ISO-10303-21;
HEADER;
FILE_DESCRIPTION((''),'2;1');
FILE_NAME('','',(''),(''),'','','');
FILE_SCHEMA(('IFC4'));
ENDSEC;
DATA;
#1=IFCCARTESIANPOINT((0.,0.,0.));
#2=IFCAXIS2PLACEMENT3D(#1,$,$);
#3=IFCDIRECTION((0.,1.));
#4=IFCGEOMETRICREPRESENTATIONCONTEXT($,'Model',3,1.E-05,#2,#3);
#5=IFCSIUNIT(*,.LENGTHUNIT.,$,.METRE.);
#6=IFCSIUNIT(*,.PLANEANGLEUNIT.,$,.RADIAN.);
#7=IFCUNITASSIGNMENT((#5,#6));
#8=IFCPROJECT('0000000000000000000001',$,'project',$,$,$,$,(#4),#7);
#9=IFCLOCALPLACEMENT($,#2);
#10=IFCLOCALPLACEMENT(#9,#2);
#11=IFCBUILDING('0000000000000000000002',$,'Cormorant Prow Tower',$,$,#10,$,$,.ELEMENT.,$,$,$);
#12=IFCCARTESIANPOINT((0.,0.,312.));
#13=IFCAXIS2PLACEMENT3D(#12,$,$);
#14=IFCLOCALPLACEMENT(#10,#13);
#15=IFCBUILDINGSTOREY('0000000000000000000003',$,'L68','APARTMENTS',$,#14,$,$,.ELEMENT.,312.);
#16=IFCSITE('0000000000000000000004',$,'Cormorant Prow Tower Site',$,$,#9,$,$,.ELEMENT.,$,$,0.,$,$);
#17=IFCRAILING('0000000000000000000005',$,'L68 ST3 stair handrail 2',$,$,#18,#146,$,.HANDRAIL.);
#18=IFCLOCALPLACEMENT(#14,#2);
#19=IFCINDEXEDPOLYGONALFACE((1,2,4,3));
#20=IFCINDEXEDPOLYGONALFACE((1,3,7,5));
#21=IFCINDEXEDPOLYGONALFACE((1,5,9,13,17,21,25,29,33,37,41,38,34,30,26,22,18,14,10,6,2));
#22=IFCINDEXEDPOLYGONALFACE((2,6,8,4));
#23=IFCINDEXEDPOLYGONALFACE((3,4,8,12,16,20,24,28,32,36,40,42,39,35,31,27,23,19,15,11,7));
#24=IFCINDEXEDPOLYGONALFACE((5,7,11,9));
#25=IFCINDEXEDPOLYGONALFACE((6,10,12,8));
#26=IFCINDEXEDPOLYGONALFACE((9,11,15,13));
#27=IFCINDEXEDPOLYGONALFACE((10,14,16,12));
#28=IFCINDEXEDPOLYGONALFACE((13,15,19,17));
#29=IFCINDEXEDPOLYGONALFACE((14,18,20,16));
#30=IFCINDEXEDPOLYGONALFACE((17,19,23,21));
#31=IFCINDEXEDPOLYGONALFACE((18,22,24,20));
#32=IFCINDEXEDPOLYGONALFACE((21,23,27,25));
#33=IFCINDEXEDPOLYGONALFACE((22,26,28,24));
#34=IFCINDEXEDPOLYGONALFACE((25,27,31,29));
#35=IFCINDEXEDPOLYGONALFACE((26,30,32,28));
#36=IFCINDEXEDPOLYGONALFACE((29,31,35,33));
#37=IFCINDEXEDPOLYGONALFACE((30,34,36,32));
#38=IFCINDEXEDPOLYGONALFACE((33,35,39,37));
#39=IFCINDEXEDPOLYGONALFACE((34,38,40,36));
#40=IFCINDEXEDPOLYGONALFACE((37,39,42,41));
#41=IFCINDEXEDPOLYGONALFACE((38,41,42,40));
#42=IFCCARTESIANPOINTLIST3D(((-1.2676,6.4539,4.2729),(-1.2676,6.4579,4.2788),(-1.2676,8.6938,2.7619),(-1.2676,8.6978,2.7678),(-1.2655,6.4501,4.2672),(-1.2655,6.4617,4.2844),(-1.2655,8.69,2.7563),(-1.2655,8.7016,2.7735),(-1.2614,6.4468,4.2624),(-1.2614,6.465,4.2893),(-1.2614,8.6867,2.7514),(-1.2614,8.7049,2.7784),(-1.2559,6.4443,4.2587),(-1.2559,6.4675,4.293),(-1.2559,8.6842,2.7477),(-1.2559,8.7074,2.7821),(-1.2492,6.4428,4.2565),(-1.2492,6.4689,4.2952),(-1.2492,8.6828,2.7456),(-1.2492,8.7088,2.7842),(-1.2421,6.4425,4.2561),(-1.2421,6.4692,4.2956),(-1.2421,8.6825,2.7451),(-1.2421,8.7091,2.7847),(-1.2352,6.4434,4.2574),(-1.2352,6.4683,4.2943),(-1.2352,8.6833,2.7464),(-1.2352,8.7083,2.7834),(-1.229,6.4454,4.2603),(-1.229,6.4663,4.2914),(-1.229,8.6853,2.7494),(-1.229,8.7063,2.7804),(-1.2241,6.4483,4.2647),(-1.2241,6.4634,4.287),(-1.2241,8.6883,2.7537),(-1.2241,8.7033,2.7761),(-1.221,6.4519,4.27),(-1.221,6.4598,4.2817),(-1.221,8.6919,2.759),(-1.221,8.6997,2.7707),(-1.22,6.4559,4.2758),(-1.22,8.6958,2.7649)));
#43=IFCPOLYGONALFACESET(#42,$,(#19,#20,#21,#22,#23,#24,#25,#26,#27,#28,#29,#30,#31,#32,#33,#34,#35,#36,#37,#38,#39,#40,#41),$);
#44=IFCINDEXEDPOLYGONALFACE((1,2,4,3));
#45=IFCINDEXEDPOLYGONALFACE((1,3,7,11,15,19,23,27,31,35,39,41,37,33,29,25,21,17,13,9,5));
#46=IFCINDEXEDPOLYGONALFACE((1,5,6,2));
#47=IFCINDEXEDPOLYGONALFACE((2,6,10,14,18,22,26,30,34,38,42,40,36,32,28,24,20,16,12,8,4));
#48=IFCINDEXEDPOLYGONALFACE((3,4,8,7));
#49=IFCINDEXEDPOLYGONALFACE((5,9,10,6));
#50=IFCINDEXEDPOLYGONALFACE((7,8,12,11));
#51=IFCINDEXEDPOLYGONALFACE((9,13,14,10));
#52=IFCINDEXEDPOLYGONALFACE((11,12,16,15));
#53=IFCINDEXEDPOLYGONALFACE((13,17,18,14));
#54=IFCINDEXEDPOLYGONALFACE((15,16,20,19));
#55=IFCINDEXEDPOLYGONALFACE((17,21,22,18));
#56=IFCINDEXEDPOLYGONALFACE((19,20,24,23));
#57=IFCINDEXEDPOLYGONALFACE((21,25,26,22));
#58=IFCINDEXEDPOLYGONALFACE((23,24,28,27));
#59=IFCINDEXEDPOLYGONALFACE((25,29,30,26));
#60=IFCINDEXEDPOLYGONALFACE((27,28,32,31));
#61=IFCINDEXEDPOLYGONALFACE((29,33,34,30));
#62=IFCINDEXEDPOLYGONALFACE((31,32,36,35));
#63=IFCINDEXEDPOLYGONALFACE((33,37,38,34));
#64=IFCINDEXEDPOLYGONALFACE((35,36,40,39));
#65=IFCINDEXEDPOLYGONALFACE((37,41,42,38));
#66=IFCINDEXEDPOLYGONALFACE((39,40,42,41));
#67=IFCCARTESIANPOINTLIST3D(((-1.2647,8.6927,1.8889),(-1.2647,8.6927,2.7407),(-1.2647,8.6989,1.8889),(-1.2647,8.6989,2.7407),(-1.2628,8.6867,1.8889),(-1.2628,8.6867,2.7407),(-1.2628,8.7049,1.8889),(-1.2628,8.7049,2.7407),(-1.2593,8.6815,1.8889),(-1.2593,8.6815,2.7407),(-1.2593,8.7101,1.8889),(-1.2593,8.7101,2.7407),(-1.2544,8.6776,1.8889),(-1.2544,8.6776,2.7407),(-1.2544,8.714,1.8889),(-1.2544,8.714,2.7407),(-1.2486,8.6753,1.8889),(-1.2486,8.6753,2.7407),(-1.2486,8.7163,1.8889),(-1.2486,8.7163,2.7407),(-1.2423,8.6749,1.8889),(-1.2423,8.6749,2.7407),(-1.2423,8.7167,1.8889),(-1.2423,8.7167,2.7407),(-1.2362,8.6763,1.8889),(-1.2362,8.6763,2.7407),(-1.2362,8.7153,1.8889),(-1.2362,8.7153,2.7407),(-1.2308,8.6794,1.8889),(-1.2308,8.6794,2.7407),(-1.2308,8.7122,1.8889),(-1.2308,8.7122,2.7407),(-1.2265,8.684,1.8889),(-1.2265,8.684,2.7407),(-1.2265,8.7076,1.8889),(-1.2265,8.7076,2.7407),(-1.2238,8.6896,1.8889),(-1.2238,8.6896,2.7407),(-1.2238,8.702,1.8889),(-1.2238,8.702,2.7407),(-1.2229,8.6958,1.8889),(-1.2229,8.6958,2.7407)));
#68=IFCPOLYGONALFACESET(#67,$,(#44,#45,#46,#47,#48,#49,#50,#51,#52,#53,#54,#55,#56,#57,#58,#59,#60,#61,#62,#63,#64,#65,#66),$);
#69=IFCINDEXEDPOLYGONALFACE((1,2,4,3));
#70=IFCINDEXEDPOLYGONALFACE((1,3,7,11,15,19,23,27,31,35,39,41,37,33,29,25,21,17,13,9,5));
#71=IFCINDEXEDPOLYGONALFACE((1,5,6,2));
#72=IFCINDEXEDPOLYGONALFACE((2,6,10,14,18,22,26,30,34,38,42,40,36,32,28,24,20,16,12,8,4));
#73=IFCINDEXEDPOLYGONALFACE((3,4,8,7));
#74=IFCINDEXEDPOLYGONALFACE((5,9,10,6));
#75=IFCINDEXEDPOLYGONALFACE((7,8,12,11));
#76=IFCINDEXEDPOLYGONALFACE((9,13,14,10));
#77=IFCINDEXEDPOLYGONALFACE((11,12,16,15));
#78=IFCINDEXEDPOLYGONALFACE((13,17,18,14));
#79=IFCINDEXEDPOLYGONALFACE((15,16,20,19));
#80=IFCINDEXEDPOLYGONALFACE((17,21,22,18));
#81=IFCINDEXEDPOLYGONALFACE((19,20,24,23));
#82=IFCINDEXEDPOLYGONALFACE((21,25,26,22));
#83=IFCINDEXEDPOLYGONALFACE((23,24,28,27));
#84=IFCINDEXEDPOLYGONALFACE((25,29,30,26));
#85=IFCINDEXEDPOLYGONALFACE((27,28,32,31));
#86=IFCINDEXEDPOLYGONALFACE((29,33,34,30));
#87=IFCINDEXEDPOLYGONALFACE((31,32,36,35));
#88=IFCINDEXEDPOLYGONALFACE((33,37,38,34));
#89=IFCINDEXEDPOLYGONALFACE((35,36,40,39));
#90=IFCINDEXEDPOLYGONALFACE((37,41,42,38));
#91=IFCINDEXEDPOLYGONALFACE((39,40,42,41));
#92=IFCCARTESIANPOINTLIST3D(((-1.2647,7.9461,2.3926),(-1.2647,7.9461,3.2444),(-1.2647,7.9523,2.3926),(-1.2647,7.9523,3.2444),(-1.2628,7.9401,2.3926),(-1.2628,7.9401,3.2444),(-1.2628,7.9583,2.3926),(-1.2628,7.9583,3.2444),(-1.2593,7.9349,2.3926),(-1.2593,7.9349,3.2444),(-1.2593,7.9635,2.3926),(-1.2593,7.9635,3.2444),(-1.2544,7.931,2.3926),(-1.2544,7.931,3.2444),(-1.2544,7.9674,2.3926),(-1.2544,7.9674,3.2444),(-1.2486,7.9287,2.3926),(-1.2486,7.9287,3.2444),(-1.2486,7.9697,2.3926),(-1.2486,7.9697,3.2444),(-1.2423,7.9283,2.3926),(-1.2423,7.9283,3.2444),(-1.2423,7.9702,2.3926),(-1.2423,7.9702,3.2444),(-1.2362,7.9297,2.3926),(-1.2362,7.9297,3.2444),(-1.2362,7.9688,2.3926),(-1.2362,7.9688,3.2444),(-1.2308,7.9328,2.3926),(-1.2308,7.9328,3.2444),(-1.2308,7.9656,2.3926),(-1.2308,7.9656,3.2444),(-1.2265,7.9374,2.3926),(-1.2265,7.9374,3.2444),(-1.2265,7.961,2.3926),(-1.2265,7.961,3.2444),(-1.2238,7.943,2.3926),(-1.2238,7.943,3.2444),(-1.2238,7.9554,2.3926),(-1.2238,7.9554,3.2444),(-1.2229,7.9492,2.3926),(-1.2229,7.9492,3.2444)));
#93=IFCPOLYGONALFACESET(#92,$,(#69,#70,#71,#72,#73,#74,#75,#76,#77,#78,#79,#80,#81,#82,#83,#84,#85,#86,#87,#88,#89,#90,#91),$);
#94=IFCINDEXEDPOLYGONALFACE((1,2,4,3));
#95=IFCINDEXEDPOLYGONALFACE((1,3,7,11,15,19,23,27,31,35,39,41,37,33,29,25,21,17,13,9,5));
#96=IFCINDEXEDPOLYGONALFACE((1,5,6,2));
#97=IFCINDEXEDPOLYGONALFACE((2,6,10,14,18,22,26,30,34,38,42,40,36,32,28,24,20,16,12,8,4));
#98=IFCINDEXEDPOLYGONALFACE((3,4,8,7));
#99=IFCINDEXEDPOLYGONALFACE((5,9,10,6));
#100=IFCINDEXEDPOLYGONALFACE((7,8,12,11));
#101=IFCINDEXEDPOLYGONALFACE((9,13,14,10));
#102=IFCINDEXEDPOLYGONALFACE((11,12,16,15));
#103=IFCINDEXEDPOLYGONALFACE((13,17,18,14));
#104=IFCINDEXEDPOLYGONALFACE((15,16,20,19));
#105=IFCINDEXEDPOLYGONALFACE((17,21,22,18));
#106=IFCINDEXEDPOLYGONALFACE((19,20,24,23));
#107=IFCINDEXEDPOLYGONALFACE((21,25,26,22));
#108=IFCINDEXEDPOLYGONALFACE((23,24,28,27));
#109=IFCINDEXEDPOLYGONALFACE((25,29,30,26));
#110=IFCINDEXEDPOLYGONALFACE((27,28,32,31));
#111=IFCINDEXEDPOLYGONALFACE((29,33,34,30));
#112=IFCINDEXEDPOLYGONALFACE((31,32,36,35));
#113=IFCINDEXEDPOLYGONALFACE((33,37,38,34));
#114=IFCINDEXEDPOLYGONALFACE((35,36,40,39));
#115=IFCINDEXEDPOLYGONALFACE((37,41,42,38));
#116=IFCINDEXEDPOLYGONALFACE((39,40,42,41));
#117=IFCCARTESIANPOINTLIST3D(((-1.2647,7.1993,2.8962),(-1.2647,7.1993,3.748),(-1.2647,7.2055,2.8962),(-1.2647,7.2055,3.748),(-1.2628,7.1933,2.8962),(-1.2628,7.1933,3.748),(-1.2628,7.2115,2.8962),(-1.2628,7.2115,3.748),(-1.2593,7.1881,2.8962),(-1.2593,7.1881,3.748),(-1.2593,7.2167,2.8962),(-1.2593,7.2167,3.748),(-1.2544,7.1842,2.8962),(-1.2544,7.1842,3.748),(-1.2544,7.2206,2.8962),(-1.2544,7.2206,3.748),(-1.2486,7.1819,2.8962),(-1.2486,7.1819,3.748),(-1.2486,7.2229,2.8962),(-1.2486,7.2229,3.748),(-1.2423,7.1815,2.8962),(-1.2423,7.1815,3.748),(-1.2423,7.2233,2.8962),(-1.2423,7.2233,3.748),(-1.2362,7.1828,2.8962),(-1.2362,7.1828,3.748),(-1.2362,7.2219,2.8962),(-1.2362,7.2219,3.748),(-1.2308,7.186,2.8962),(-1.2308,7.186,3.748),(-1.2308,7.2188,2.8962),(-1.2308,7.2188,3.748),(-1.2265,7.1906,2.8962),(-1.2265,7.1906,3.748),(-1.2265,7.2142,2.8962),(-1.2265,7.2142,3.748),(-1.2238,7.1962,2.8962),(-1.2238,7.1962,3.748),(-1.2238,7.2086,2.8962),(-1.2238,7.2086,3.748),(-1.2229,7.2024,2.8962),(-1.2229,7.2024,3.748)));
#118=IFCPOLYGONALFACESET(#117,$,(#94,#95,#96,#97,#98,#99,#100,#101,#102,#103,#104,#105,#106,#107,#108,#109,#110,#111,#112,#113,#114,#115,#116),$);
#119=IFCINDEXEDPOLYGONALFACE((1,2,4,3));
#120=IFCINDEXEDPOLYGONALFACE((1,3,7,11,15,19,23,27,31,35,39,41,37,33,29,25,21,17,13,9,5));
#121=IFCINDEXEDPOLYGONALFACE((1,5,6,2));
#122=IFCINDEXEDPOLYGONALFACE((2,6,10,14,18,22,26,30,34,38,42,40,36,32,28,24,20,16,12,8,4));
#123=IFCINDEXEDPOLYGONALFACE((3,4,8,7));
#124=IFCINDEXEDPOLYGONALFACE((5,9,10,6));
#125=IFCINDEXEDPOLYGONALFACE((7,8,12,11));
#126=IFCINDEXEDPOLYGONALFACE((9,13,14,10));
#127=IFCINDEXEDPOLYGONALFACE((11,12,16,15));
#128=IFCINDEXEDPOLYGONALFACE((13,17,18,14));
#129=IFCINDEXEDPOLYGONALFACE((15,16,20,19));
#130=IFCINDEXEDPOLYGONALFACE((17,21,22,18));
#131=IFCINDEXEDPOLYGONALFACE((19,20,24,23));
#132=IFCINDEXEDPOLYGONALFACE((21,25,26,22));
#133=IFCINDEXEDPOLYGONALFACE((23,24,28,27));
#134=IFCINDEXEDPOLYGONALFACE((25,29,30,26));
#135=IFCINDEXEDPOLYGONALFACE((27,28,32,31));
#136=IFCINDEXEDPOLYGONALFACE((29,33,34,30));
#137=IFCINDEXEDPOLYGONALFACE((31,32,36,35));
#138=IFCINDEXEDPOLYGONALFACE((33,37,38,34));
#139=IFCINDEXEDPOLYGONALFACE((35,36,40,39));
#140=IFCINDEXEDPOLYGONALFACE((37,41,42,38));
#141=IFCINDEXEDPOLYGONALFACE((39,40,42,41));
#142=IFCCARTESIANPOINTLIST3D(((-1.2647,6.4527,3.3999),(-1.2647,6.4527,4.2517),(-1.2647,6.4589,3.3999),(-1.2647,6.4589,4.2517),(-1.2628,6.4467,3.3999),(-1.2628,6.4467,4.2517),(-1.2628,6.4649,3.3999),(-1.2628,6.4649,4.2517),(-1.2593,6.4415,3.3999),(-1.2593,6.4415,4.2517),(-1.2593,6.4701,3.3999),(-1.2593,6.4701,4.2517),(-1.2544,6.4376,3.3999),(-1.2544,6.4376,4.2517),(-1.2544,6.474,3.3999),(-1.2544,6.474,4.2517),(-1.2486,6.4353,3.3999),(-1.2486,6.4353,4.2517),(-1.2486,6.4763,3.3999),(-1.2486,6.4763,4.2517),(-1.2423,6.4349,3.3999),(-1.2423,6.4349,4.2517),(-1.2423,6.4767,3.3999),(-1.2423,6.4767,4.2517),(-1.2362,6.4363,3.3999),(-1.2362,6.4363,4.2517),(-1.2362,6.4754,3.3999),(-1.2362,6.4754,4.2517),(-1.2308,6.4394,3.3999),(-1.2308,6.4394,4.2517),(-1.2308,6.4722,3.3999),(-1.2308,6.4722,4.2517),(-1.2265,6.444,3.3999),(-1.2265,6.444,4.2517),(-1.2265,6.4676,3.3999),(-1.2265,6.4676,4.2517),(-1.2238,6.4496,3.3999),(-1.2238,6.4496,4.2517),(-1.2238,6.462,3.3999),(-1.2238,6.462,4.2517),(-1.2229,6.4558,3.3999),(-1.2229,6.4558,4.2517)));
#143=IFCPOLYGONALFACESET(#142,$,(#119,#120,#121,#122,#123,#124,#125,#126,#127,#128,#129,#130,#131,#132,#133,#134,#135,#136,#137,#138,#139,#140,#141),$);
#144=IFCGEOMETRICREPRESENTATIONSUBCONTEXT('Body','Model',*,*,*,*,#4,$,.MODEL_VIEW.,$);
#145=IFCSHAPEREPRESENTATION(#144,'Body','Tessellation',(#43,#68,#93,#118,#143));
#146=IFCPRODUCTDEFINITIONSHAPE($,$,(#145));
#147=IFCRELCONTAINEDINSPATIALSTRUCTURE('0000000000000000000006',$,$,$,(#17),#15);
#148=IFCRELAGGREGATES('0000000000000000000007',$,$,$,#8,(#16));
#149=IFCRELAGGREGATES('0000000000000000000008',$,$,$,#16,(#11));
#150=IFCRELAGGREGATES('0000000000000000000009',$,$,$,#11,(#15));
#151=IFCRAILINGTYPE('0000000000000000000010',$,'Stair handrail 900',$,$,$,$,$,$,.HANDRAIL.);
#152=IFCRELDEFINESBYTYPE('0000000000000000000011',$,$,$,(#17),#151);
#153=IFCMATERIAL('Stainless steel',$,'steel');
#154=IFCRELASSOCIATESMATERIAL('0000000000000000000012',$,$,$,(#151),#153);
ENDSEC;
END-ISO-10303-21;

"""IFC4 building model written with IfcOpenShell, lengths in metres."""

from ifc_helpers import new_model, si_unit, direction, frame, origin, origin_2d, place, context, subcontext, project, spatial, circle, extrude, material, type_object, element, save


model = new_model("IFC4")

# Units and contexts
model_context = context("Model", 3, precision=1e-05, world=origin(), true_north=direction((0.0, 1.0)))
body_context = subcontext(model_context, "Body", "Model", "MODEL_VIEW")
ifc_project = project(units=[si_unit("LENGTHUNIT", "METRE"), si_unit("PLANEANGLEUNIT", "RADIAN")], contexts=[model_context])

# Site, building, storey
site_placement = place(None, origin())
site = spatial("IfcSite", under=ifc_project, at=site_placement, Name="Cormorant Prow Tower Site", CompositionType="ELEMENT", RefElevation=0.0)
building_placement = place(site_placement, origin())
building = spatial("IfcBuilding", under=site, at=building_placement, Name="Cormorant Prow Tower", CompositionType="ELEMENT")
storey_placement = place(building_placement, frame((0.0, 0.0, 312.0)))
storey = spatial("IfcBuildingStorey", under=building, at=storey_placement, Name="L68", Description="APARTMENTS", CompositionType="ELEMENT", Elevation=312.0)

# Railing
ifc_material_1 = material(Name="Stainless steel", Category="steel")
railing_type = type_object("IfcRailingType", Name="Stair handrail 900", PredefinedType="HANDRAIL", material=ifc_material_1)
railing_placement = place(storey_placement, frame((-1.2439, 8.6958, 1.8889)))
element("IfcRailing", 1, at=railing_placement, inside=storey, type_object=railing_type, Name="L68 ST3 stair handrail 2", PredefinedType="HANDRAIL", context=body_context, shape_type="SweptSolid", body=[
    extrude(circle(Radius=0.0239, at=origin_2d()), frame((0.0, 0.0, 0.876), z_axis=(0.0, -0.829021, 0.559217), x_axis=(1.0, 0.0, 0.0)), (0.0, 0.0, 1.0), 2.7019),
    extrude(circle(Radius=0.021, at=origin_2d()), origin(), (0.0, 0.0, 1.0), 0.8518),
    extrude(circle(Radius=0.021, at=origin_2d()), frame((0.0, -0.7466, 0.5037)), (0.0, 0.0, 1.0), 0.8518),
    extrude(circle(Radius=0.021, at=origin_2d()), frame((0.0, -1.4934, 1.0073)), (0.0, 0.0, 1.0), 0.8518),
    extrude(circle(Radius=0.021, at=origin_2d()), frame((0.0, -2.24, 1.511)), (0.0, 0.0, 1.0), 0.8518),
])

save(model, "model.ifc")
